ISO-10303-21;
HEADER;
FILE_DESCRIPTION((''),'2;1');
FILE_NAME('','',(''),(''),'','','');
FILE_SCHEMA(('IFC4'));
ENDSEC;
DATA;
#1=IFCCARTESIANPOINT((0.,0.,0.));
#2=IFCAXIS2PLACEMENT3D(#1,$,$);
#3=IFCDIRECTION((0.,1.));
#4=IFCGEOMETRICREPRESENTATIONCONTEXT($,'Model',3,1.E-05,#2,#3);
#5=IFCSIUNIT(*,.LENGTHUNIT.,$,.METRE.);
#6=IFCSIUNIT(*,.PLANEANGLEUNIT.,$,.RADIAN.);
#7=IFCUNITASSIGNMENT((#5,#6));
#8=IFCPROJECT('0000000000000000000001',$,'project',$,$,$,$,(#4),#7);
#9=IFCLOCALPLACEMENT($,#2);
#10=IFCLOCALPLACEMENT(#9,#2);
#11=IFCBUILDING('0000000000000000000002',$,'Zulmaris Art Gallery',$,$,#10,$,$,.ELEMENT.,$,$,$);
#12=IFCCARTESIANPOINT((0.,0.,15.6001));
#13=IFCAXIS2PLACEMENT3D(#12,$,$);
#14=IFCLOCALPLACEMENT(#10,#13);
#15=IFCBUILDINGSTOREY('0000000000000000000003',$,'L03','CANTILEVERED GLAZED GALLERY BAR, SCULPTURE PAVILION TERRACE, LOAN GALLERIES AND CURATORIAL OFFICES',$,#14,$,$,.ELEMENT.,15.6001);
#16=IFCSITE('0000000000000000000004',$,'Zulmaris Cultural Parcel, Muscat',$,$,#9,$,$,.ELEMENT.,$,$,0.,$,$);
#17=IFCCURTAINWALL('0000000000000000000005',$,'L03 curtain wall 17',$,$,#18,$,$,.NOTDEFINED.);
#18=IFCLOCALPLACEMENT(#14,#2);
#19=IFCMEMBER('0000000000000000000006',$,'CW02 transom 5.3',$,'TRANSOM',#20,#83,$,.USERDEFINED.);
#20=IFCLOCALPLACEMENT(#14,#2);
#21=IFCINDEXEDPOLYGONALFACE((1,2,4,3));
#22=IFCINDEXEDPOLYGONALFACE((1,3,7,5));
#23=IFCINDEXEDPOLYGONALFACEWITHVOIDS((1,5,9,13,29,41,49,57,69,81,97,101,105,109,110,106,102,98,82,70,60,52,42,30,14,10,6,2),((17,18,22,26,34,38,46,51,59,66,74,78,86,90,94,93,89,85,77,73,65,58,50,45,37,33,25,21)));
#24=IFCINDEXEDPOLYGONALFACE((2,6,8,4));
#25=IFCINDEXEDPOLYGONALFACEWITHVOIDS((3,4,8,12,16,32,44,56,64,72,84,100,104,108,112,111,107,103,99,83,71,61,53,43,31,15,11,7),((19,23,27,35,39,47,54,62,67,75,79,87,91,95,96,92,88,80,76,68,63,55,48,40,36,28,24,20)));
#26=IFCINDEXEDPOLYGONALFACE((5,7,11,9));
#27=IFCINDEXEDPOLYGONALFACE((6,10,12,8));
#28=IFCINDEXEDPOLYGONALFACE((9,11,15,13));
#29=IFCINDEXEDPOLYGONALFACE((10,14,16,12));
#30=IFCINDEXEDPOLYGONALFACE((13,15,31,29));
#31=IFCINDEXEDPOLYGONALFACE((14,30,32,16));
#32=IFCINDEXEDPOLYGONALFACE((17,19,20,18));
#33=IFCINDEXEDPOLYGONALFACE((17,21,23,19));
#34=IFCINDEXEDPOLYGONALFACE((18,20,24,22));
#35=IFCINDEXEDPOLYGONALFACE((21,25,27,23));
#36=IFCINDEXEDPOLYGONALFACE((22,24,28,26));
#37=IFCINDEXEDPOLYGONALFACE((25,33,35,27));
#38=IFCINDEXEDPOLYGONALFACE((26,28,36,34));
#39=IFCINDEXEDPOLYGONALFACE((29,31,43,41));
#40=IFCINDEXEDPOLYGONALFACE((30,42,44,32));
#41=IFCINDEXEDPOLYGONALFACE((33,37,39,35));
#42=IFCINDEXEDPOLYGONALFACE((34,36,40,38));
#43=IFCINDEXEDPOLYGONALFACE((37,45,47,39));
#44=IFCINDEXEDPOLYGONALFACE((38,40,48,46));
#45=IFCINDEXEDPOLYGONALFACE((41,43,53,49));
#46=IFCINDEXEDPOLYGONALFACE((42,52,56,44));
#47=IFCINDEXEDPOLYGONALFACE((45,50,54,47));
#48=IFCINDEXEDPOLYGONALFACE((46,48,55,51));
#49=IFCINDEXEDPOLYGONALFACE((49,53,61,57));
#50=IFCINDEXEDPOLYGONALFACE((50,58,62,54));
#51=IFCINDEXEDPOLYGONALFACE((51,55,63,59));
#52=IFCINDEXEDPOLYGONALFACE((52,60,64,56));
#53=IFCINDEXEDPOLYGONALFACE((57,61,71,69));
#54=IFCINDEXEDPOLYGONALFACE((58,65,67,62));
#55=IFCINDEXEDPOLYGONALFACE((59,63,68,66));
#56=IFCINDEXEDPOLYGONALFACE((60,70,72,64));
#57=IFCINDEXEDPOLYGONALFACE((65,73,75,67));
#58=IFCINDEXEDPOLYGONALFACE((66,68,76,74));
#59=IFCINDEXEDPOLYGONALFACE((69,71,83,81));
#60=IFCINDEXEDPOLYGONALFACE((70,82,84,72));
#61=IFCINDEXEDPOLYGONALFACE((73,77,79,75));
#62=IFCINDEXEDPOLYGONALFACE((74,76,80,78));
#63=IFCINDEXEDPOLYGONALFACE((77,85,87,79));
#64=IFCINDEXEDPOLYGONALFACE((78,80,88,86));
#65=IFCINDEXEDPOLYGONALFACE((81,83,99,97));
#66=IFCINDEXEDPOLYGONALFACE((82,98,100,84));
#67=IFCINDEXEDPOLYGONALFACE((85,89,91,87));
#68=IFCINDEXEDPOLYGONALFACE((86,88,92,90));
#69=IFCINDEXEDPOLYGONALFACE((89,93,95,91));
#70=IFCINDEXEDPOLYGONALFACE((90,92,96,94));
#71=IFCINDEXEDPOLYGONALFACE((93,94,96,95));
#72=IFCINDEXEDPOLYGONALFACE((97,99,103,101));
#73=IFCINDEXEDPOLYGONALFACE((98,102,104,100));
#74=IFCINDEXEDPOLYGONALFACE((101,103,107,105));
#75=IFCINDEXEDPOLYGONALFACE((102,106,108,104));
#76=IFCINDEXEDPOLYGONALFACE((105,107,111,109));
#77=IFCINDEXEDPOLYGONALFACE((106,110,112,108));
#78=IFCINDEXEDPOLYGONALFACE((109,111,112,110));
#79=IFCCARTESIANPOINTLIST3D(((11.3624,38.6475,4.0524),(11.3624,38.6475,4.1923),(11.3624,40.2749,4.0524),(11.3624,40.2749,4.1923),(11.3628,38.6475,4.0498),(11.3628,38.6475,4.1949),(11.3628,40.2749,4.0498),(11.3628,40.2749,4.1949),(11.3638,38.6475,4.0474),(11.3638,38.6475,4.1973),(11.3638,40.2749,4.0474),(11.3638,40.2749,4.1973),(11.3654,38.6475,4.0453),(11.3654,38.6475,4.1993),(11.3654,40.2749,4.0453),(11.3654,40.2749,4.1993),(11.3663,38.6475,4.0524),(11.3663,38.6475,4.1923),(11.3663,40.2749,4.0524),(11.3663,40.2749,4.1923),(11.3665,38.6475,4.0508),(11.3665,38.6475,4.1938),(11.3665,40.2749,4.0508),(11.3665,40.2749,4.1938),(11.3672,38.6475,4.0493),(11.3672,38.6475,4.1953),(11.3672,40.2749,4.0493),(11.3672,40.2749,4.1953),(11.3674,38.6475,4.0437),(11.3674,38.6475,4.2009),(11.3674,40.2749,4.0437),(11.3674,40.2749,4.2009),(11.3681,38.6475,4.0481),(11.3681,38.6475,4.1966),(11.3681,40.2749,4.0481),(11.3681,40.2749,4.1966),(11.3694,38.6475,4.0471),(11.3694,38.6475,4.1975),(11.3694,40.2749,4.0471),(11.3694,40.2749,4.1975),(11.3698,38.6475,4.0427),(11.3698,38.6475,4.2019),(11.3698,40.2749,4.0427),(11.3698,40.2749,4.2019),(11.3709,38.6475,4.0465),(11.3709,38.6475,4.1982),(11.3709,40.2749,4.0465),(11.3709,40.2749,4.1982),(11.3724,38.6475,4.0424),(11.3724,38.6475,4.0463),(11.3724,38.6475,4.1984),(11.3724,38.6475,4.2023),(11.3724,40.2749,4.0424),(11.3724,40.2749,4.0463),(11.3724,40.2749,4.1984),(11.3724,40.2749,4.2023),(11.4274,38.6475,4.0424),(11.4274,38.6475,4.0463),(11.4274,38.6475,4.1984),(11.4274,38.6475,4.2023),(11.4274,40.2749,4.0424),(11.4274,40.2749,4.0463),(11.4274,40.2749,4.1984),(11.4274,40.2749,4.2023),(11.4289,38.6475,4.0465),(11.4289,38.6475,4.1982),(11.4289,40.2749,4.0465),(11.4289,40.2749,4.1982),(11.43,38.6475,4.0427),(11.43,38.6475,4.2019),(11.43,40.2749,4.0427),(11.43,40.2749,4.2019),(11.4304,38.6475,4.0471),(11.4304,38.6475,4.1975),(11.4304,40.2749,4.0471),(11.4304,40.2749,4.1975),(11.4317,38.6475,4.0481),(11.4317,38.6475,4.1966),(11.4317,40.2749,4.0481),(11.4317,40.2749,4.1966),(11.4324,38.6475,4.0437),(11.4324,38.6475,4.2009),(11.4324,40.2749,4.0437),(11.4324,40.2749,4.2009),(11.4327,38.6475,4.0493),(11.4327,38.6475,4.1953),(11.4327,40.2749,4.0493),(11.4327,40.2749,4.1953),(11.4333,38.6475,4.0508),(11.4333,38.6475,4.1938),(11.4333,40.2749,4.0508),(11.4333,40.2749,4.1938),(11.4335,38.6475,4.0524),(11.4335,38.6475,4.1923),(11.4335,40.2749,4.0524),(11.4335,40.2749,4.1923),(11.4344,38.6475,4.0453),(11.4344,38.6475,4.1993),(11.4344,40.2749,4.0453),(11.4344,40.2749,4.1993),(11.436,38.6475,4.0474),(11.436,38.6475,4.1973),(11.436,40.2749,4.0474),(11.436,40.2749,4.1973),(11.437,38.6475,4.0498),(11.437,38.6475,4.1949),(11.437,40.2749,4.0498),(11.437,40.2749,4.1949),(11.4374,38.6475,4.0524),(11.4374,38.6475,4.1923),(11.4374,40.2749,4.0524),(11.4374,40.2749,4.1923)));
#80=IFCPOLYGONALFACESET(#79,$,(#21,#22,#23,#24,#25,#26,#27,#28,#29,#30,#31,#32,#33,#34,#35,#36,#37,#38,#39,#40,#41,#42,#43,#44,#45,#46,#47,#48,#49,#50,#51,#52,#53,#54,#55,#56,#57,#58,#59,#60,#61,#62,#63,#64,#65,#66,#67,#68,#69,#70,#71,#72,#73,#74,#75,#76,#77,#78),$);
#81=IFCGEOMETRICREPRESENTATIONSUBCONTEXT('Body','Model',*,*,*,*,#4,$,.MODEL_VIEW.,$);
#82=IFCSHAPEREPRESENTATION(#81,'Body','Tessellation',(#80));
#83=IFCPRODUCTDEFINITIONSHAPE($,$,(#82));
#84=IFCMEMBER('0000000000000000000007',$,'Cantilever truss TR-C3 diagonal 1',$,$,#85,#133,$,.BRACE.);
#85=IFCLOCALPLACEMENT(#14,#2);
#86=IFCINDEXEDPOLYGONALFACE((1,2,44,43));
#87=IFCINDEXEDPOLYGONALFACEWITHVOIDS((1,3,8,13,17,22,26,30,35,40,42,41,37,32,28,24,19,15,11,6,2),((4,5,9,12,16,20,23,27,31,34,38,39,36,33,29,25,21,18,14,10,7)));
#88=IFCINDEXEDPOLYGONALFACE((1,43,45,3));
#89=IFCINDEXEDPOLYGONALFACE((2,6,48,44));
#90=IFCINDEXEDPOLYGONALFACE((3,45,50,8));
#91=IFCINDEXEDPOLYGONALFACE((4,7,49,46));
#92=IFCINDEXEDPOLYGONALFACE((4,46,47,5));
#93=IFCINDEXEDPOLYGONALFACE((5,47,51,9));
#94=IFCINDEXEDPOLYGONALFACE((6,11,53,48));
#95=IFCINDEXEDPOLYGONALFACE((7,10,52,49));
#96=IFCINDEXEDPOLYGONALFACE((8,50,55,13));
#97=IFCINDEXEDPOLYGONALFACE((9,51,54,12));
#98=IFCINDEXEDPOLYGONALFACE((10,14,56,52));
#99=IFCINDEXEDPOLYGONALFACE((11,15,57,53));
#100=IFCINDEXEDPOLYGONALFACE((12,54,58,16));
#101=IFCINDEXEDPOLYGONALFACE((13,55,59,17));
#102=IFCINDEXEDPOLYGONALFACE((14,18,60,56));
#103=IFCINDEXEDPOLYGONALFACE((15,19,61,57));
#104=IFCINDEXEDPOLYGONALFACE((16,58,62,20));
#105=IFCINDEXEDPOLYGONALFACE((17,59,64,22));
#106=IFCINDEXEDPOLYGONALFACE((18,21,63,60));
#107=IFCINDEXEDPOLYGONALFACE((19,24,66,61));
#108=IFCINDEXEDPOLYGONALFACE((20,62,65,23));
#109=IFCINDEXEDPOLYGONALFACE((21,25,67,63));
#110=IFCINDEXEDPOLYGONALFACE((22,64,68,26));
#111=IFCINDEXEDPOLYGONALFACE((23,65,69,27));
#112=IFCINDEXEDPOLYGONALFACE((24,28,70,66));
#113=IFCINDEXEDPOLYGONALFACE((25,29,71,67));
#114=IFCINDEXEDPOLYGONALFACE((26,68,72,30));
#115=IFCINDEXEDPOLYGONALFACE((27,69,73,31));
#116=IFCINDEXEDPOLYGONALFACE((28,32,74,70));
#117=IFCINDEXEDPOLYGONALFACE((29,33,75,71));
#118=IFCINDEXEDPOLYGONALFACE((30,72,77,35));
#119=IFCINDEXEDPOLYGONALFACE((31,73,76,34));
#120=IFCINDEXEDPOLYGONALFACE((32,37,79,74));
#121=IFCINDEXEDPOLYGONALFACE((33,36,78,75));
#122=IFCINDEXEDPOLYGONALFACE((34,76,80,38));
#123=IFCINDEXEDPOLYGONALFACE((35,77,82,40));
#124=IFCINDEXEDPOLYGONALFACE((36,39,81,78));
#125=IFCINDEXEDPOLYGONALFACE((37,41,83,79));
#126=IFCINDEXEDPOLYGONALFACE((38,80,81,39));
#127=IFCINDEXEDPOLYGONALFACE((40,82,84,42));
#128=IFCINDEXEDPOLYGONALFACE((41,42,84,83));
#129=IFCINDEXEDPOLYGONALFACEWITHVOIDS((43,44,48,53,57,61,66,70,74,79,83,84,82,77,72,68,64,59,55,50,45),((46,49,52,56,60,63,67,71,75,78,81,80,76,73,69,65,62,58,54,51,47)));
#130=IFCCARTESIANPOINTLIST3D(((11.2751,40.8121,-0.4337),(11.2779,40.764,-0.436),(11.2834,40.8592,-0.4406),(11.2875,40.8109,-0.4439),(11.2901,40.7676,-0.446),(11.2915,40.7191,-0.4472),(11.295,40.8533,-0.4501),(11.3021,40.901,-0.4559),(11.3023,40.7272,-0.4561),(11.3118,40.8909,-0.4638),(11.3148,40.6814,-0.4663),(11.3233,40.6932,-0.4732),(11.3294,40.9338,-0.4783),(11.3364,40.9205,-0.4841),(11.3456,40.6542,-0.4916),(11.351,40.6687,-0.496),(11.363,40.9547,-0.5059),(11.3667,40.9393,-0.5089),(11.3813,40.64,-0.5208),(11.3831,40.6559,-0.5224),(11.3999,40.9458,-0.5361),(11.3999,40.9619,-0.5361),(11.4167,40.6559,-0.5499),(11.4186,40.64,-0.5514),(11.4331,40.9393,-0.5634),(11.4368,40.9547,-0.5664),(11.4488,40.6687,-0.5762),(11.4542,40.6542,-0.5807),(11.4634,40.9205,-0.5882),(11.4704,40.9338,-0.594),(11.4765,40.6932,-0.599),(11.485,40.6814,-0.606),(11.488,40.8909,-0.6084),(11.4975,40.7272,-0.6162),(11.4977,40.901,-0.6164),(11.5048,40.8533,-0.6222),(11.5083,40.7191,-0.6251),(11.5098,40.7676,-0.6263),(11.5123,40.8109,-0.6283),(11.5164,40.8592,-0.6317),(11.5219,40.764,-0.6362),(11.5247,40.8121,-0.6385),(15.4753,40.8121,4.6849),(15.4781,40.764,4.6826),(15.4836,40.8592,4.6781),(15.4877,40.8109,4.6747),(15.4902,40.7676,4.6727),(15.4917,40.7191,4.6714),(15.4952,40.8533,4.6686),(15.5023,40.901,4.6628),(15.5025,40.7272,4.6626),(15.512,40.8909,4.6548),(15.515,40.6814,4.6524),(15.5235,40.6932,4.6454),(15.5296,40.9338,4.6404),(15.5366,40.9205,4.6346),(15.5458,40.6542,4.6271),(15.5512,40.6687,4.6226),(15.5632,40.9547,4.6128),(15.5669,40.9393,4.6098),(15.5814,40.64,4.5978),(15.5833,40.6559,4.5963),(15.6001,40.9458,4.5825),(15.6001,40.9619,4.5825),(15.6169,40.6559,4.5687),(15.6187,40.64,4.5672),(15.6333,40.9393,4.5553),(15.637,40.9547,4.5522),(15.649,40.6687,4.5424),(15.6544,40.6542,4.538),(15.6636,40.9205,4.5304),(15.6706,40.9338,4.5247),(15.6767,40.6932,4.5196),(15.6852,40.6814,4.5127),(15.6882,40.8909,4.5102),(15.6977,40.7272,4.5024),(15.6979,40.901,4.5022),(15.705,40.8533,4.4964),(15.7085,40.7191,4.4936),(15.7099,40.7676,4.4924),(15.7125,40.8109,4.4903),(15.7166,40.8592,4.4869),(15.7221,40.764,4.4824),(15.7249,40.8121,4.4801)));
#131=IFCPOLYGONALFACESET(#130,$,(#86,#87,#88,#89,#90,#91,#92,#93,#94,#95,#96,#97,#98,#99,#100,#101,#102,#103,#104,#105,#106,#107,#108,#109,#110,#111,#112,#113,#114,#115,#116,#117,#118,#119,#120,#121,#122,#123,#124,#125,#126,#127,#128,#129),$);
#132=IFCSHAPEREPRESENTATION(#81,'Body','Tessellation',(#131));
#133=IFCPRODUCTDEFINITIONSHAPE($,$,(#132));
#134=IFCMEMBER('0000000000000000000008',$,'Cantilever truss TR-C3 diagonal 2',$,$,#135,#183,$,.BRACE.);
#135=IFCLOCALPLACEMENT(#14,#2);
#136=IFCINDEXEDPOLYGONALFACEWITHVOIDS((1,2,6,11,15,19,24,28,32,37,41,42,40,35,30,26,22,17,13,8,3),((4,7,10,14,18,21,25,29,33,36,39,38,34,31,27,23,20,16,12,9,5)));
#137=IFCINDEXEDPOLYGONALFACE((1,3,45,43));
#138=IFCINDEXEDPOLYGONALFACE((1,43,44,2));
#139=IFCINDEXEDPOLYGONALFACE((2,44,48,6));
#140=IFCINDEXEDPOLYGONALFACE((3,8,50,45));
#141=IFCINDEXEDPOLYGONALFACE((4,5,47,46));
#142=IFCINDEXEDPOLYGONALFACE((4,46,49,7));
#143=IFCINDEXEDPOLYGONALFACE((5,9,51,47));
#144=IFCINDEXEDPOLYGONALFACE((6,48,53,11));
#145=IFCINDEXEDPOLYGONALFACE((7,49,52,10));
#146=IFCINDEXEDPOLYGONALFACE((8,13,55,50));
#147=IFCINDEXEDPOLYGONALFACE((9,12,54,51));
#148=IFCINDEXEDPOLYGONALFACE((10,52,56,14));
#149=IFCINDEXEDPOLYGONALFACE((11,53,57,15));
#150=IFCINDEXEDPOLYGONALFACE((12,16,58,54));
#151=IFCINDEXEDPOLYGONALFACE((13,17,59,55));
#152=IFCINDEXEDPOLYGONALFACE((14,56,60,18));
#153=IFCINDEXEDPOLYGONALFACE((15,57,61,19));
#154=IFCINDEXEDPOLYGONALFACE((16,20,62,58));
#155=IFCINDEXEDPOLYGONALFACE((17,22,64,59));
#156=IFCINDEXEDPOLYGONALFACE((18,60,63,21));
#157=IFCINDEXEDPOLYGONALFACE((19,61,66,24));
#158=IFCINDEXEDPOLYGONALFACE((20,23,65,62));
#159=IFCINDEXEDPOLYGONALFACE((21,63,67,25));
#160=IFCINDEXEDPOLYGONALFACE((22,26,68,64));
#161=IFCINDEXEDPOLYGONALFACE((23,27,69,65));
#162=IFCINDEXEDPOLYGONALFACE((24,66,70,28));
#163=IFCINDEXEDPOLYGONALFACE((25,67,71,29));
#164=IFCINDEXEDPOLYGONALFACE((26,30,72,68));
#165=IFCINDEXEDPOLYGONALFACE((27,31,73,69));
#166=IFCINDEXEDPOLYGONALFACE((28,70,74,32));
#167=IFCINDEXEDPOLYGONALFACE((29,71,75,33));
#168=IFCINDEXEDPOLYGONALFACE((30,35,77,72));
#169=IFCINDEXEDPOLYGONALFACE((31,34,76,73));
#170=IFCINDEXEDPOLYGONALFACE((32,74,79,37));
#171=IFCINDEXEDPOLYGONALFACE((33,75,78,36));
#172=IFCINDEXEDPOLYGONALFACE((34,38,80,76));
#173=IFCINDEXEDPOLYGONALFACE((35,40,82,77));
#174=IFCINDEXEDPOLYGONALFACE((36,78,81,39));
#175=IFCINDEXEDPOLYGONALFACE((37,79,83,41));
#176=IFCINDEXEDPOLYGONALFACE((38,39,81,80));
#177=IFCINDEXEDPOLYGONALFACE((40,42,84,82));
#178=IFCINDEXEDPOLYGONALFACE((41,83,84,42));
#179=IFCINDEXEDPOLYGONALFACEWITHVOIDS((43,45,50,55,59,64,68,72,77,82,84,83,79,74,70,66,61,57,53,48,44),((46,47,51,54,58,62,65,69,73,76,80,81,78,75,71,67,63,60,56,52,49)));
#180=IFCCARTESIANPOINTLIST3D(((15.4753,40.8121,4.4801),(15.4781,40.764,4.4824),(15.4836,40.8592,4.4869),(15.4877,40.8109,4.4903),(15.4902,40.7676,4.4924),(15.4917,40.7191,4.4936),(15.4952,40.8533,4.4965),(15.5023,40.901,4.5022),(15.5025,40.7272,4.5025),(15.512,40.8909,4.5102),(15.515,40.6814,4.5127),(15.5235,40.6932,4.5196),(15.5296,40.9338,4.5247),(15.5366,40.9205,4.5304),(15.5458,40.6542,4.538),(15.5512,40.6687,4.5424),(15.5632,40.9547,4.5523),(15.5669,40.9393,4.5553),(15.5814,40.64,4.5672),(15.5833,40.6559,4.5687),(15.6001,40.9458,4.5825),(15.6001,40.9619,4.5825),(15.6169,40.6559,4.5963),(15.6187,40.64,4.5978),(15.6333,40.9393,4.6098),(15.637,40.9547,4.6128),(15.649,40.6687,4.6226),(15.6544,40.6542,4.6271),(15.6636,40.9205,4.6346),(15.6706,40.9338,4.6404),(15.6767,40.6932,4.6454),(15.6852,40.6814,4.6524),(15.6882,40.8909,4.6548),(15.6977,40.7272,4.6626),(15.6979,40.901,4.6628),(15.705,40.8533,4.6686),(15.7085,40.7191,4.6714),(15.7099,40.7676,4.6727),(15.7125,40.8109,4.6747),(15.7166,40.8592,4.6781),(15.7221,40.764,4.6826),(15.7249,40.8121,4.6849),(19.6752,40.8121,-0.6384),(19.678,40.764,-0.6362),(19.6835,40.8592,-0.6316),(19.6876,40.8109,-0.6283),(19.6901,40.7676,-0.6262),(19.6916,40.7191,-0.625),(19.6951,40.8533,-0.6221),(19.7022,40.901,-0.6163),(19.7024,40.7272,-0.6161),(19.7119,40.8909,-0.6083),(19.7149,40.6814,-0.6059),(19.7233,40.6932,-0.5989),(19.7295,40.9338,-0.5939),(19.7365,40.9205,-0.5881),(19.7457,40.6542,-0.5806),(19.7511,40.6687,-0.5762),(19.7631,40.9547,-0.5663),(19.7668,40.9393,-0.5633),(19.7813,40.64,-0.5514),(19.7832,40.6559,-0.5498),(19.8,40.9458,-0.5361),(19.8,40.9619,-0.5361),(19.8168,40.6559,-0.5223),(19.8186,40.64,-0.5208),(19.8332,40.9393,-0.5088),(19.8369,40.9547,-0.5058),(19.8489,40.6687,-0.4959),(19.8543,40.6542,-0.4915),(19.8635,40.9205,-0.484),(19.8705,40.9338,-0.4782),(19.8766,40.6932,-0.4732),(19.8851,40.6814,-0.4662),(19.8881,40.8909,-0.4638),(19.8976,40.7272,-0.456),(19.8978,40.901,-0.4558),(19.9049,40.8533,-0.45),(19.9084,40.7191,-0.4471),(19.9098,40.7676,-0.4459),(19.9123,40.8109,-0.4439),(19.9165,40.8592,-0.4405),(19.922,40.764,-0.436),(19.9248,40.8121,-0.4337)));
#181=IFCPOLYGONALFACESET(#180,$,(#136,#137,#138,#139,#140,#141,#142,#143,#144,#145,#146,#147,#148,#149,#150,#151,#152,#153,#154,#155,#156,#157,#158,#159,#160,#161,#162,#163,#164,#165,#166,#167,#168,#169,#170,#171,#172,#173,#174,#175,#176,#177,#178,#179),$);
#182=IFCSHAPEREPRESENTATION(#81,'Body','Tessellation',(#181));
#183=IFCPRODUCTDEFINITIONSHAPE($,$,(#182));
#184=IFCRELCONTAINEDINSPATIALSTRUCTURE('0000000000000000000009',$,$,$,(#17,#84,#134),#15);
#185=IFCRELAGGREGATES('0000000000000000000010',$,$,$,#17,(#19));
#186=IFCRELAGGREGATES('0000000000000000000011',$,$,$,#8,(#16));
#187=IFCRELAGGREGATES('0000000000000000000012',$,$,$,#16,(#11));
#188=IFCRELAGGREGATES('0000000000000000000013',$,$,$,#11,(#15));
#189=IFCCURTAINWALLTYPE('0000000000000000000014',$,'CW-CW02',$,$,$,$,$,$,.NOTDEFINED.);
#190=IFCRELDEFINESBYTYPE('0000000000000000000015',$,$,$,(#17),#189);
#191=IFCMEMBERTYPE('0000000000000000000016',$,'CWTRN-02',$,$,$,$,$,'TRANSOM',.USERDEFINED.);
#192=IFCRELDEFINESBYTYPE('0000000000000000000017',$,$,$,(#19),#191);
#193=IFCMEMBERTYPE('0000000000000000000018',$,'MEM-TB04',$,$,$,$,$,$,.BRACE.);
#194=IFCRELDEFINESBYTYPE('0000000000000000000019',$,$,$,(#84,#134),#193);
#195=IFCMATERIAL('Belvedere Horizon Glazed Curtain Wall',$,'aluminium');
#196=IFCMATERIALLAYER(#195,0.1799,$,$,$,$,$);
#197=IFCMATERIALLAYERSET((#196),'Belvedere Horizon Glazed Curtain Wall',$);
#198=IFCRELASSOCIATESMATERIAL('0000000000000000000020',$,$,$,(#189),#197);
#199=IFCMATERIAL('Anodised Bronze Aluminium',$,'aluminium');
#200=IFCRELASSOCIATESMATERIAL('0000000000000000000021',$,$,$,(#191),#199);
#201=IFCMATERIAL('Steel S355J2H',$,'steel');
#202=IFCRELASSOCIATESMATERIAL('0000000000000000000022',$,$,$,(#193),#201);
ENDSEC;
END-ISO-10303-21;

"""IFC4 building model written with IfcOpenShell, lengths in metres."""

from ifc_helpers import new_model, si_unit, direction, frame, origin, origin_2d, place, context, subcontext, project, spatial, hollow_rectangle, hollow_circle, extrude, material, layer, layer_set, material_profile, profile_set, type_object, element, aggregate, save


model = new_model("IFC4")

# Units and contexts
model_context = context("Model", 3, precision=1e-05, world=origin(), true_north=direction((0.0, 1.0)))
body_context = subcontext(model_context, "Body", "Model", "MODEL_VIEW")
ifc_project = project(units=[si_unit("LENGTHUNIT", "METRE"), si_unit("PLANEANGLEUNIT", "RADIAN")], contexts=[model_context])

# Site, building, storey
site_placement = place(None, origin())
site = spatial("IfcSite", under=ifc_project, at=site_placement, Name="Zulmaris Cultural Parcel, Muscat", CompositionType="ELEMENT", RefElevation=0.0)
building_placement = place(site_placement, origin())
building = spatial("IfcBuilding", under=site, at=building_placement, Name="Zulmaris Art Gallery", CompositionType="ELEMENT")
storey_placement = place(building_placement, frame((0.0, 0.0, 15.6001)))
storey = spatial("IfcBuildingStorey", under=building, at=storey_placement, Name="L03", Description="CANTILEVERED GLAZED GALLERY BAR, SCULPTURE PAVILION TERRACE, LOAN GALLERIES AND CURATORIAL OFFICES", CompositionType="ELEMENT", Elevation=15.6001)

# Curtain wall, member
ifc_material_1 = material(Name="Belvedere Horizon Glazed Curtain Wall", Category="aluminium")
ifc_layer_1 = layer(ifc_material_1, 0.1799)
ifc_layer_set_1 = layer_set([ifc_layer_1], Name="Belvedere Horizon Glazed Curtain Wall")
curtain_wall_type = type_object("IfcCurtainWallType", Name="CW-CW02", PredefinedType="NOTDEFINED", material=ifc_layer_set_1)
curtain_wall_placement = place(storey_placement, origin())
curtain_wall = element("IfcCurtainWall", 1, at=curtain_wall_placement, inside=storey, type_object=curtain_wall_type, Name="L03 curtain wall 17", PredefinedType="NOTDEFINED")
ifc_material_2 = material(Name="Anodised Bronze Aluminium", Category="aluminium")
ifc_material_profile_1 = material_profile(ifc_material_2, hollow_rectangle(XDim=0.075, YDim=0.1599, WallThickness=0.0039, InnerFilletRadius=0.0061, OuterFilletRadius=0.01, at=origin_2d()), Name="ALU 75x160x4")
ifc_profile_set_1 = profile_set([ifc_material_profile_1], Name="Anodised Bronze Aluminium")
member_type_1 = type_object("IfcMemberType", Name="CWTRN-02", ElementType="TRANSOM", PredefinedType="USERDEFINED", material=ifc_profile_set_1)
member_1_placement = place(storey_placement, frame((11.3999, 38.6475, 4.1223), z_axis=(0.0, 1.0, 0.0), x_axis=(-1.0, 0.0, 0.0)))
member_1 = element("IfcMember", 2, at=member_1_placement, type_object=member_type_1, Name="CW02 transom 5.3", ObjectType="TRANSOM", PredefinedType="USERDEFINED", context=body_context, shape_type="SweptSolid", body=[
    extrude(hollow_rectangle(XDim=0.075, YDim=0.1599, WallThickness=0.0039, InnerFilletRadius=0.0061, OuterFilletRadius=0.01, at=origin_2d()), origin(), (0.0, 0.0, 1.0), 1.6274),
])

# Members
ifc_material_3 = material(Name="Steel S355J2H", Category="steel")
ifc_material_profile_2 = material_profile(ifc_material_3, hollow_circle(Radius=0.1619, WallThickness=0.0161, at=origin_2d()), Name="CHS 323.9x16")
ifc_profile_set_2 = profile_set([ifc_material_profile_2], Name="Steel S355J2H")
member_type_2 = type_object("IfcMemberType", Name="MEM-TB04", PredefinedType="BRACE", material=ifc_profile_set_2)
member_2_placement = place(storey_placement, frame((11.3999, 40.8, -0.5361), z_axis=(0.634341, 0.0, 0.773053), x_axis=(0.0, 1.0, 0.0)))
element("IfcMember", 3, at=member_2_placement, inside=storey, type_object=member_type_2, Name="Cantilever truss TR-C3 diagonal 1", PredefinedType="BRACE", context=body_context, shape_type="SweptSolid", body=[
    extrude(hollow_circle(Radius=0.1619, WallThickness=0.0161, at=origin_2d()), origin(), (0.0, 0.0, 1.0), 6.6213),
])
member_3_placement = place(storey_placement, frame((15.6001, 40.8, 4.5825), z_axis=(0.634319, 0.0, -0.773071), x_axis=(0.0, 1.0, 0.0)))
element("IfcMember", 4, at=member_3_placement, inside=storey, type_object=member_type_2, Name="Cantilever truss TR-C3 diagonal 2", PredefinedType="BRACE", context=body_context, shape_type="SweptSolid", body=[
    extrude(hollow_circle(Radius=0.1619, WallThickness=0.0161, at=origin_2d()), origin(), (0.0, 0.0, 1.0), 6.6211),
])

aggregate(curtain_wall, [member_1])

save(model, "model.ifc")
